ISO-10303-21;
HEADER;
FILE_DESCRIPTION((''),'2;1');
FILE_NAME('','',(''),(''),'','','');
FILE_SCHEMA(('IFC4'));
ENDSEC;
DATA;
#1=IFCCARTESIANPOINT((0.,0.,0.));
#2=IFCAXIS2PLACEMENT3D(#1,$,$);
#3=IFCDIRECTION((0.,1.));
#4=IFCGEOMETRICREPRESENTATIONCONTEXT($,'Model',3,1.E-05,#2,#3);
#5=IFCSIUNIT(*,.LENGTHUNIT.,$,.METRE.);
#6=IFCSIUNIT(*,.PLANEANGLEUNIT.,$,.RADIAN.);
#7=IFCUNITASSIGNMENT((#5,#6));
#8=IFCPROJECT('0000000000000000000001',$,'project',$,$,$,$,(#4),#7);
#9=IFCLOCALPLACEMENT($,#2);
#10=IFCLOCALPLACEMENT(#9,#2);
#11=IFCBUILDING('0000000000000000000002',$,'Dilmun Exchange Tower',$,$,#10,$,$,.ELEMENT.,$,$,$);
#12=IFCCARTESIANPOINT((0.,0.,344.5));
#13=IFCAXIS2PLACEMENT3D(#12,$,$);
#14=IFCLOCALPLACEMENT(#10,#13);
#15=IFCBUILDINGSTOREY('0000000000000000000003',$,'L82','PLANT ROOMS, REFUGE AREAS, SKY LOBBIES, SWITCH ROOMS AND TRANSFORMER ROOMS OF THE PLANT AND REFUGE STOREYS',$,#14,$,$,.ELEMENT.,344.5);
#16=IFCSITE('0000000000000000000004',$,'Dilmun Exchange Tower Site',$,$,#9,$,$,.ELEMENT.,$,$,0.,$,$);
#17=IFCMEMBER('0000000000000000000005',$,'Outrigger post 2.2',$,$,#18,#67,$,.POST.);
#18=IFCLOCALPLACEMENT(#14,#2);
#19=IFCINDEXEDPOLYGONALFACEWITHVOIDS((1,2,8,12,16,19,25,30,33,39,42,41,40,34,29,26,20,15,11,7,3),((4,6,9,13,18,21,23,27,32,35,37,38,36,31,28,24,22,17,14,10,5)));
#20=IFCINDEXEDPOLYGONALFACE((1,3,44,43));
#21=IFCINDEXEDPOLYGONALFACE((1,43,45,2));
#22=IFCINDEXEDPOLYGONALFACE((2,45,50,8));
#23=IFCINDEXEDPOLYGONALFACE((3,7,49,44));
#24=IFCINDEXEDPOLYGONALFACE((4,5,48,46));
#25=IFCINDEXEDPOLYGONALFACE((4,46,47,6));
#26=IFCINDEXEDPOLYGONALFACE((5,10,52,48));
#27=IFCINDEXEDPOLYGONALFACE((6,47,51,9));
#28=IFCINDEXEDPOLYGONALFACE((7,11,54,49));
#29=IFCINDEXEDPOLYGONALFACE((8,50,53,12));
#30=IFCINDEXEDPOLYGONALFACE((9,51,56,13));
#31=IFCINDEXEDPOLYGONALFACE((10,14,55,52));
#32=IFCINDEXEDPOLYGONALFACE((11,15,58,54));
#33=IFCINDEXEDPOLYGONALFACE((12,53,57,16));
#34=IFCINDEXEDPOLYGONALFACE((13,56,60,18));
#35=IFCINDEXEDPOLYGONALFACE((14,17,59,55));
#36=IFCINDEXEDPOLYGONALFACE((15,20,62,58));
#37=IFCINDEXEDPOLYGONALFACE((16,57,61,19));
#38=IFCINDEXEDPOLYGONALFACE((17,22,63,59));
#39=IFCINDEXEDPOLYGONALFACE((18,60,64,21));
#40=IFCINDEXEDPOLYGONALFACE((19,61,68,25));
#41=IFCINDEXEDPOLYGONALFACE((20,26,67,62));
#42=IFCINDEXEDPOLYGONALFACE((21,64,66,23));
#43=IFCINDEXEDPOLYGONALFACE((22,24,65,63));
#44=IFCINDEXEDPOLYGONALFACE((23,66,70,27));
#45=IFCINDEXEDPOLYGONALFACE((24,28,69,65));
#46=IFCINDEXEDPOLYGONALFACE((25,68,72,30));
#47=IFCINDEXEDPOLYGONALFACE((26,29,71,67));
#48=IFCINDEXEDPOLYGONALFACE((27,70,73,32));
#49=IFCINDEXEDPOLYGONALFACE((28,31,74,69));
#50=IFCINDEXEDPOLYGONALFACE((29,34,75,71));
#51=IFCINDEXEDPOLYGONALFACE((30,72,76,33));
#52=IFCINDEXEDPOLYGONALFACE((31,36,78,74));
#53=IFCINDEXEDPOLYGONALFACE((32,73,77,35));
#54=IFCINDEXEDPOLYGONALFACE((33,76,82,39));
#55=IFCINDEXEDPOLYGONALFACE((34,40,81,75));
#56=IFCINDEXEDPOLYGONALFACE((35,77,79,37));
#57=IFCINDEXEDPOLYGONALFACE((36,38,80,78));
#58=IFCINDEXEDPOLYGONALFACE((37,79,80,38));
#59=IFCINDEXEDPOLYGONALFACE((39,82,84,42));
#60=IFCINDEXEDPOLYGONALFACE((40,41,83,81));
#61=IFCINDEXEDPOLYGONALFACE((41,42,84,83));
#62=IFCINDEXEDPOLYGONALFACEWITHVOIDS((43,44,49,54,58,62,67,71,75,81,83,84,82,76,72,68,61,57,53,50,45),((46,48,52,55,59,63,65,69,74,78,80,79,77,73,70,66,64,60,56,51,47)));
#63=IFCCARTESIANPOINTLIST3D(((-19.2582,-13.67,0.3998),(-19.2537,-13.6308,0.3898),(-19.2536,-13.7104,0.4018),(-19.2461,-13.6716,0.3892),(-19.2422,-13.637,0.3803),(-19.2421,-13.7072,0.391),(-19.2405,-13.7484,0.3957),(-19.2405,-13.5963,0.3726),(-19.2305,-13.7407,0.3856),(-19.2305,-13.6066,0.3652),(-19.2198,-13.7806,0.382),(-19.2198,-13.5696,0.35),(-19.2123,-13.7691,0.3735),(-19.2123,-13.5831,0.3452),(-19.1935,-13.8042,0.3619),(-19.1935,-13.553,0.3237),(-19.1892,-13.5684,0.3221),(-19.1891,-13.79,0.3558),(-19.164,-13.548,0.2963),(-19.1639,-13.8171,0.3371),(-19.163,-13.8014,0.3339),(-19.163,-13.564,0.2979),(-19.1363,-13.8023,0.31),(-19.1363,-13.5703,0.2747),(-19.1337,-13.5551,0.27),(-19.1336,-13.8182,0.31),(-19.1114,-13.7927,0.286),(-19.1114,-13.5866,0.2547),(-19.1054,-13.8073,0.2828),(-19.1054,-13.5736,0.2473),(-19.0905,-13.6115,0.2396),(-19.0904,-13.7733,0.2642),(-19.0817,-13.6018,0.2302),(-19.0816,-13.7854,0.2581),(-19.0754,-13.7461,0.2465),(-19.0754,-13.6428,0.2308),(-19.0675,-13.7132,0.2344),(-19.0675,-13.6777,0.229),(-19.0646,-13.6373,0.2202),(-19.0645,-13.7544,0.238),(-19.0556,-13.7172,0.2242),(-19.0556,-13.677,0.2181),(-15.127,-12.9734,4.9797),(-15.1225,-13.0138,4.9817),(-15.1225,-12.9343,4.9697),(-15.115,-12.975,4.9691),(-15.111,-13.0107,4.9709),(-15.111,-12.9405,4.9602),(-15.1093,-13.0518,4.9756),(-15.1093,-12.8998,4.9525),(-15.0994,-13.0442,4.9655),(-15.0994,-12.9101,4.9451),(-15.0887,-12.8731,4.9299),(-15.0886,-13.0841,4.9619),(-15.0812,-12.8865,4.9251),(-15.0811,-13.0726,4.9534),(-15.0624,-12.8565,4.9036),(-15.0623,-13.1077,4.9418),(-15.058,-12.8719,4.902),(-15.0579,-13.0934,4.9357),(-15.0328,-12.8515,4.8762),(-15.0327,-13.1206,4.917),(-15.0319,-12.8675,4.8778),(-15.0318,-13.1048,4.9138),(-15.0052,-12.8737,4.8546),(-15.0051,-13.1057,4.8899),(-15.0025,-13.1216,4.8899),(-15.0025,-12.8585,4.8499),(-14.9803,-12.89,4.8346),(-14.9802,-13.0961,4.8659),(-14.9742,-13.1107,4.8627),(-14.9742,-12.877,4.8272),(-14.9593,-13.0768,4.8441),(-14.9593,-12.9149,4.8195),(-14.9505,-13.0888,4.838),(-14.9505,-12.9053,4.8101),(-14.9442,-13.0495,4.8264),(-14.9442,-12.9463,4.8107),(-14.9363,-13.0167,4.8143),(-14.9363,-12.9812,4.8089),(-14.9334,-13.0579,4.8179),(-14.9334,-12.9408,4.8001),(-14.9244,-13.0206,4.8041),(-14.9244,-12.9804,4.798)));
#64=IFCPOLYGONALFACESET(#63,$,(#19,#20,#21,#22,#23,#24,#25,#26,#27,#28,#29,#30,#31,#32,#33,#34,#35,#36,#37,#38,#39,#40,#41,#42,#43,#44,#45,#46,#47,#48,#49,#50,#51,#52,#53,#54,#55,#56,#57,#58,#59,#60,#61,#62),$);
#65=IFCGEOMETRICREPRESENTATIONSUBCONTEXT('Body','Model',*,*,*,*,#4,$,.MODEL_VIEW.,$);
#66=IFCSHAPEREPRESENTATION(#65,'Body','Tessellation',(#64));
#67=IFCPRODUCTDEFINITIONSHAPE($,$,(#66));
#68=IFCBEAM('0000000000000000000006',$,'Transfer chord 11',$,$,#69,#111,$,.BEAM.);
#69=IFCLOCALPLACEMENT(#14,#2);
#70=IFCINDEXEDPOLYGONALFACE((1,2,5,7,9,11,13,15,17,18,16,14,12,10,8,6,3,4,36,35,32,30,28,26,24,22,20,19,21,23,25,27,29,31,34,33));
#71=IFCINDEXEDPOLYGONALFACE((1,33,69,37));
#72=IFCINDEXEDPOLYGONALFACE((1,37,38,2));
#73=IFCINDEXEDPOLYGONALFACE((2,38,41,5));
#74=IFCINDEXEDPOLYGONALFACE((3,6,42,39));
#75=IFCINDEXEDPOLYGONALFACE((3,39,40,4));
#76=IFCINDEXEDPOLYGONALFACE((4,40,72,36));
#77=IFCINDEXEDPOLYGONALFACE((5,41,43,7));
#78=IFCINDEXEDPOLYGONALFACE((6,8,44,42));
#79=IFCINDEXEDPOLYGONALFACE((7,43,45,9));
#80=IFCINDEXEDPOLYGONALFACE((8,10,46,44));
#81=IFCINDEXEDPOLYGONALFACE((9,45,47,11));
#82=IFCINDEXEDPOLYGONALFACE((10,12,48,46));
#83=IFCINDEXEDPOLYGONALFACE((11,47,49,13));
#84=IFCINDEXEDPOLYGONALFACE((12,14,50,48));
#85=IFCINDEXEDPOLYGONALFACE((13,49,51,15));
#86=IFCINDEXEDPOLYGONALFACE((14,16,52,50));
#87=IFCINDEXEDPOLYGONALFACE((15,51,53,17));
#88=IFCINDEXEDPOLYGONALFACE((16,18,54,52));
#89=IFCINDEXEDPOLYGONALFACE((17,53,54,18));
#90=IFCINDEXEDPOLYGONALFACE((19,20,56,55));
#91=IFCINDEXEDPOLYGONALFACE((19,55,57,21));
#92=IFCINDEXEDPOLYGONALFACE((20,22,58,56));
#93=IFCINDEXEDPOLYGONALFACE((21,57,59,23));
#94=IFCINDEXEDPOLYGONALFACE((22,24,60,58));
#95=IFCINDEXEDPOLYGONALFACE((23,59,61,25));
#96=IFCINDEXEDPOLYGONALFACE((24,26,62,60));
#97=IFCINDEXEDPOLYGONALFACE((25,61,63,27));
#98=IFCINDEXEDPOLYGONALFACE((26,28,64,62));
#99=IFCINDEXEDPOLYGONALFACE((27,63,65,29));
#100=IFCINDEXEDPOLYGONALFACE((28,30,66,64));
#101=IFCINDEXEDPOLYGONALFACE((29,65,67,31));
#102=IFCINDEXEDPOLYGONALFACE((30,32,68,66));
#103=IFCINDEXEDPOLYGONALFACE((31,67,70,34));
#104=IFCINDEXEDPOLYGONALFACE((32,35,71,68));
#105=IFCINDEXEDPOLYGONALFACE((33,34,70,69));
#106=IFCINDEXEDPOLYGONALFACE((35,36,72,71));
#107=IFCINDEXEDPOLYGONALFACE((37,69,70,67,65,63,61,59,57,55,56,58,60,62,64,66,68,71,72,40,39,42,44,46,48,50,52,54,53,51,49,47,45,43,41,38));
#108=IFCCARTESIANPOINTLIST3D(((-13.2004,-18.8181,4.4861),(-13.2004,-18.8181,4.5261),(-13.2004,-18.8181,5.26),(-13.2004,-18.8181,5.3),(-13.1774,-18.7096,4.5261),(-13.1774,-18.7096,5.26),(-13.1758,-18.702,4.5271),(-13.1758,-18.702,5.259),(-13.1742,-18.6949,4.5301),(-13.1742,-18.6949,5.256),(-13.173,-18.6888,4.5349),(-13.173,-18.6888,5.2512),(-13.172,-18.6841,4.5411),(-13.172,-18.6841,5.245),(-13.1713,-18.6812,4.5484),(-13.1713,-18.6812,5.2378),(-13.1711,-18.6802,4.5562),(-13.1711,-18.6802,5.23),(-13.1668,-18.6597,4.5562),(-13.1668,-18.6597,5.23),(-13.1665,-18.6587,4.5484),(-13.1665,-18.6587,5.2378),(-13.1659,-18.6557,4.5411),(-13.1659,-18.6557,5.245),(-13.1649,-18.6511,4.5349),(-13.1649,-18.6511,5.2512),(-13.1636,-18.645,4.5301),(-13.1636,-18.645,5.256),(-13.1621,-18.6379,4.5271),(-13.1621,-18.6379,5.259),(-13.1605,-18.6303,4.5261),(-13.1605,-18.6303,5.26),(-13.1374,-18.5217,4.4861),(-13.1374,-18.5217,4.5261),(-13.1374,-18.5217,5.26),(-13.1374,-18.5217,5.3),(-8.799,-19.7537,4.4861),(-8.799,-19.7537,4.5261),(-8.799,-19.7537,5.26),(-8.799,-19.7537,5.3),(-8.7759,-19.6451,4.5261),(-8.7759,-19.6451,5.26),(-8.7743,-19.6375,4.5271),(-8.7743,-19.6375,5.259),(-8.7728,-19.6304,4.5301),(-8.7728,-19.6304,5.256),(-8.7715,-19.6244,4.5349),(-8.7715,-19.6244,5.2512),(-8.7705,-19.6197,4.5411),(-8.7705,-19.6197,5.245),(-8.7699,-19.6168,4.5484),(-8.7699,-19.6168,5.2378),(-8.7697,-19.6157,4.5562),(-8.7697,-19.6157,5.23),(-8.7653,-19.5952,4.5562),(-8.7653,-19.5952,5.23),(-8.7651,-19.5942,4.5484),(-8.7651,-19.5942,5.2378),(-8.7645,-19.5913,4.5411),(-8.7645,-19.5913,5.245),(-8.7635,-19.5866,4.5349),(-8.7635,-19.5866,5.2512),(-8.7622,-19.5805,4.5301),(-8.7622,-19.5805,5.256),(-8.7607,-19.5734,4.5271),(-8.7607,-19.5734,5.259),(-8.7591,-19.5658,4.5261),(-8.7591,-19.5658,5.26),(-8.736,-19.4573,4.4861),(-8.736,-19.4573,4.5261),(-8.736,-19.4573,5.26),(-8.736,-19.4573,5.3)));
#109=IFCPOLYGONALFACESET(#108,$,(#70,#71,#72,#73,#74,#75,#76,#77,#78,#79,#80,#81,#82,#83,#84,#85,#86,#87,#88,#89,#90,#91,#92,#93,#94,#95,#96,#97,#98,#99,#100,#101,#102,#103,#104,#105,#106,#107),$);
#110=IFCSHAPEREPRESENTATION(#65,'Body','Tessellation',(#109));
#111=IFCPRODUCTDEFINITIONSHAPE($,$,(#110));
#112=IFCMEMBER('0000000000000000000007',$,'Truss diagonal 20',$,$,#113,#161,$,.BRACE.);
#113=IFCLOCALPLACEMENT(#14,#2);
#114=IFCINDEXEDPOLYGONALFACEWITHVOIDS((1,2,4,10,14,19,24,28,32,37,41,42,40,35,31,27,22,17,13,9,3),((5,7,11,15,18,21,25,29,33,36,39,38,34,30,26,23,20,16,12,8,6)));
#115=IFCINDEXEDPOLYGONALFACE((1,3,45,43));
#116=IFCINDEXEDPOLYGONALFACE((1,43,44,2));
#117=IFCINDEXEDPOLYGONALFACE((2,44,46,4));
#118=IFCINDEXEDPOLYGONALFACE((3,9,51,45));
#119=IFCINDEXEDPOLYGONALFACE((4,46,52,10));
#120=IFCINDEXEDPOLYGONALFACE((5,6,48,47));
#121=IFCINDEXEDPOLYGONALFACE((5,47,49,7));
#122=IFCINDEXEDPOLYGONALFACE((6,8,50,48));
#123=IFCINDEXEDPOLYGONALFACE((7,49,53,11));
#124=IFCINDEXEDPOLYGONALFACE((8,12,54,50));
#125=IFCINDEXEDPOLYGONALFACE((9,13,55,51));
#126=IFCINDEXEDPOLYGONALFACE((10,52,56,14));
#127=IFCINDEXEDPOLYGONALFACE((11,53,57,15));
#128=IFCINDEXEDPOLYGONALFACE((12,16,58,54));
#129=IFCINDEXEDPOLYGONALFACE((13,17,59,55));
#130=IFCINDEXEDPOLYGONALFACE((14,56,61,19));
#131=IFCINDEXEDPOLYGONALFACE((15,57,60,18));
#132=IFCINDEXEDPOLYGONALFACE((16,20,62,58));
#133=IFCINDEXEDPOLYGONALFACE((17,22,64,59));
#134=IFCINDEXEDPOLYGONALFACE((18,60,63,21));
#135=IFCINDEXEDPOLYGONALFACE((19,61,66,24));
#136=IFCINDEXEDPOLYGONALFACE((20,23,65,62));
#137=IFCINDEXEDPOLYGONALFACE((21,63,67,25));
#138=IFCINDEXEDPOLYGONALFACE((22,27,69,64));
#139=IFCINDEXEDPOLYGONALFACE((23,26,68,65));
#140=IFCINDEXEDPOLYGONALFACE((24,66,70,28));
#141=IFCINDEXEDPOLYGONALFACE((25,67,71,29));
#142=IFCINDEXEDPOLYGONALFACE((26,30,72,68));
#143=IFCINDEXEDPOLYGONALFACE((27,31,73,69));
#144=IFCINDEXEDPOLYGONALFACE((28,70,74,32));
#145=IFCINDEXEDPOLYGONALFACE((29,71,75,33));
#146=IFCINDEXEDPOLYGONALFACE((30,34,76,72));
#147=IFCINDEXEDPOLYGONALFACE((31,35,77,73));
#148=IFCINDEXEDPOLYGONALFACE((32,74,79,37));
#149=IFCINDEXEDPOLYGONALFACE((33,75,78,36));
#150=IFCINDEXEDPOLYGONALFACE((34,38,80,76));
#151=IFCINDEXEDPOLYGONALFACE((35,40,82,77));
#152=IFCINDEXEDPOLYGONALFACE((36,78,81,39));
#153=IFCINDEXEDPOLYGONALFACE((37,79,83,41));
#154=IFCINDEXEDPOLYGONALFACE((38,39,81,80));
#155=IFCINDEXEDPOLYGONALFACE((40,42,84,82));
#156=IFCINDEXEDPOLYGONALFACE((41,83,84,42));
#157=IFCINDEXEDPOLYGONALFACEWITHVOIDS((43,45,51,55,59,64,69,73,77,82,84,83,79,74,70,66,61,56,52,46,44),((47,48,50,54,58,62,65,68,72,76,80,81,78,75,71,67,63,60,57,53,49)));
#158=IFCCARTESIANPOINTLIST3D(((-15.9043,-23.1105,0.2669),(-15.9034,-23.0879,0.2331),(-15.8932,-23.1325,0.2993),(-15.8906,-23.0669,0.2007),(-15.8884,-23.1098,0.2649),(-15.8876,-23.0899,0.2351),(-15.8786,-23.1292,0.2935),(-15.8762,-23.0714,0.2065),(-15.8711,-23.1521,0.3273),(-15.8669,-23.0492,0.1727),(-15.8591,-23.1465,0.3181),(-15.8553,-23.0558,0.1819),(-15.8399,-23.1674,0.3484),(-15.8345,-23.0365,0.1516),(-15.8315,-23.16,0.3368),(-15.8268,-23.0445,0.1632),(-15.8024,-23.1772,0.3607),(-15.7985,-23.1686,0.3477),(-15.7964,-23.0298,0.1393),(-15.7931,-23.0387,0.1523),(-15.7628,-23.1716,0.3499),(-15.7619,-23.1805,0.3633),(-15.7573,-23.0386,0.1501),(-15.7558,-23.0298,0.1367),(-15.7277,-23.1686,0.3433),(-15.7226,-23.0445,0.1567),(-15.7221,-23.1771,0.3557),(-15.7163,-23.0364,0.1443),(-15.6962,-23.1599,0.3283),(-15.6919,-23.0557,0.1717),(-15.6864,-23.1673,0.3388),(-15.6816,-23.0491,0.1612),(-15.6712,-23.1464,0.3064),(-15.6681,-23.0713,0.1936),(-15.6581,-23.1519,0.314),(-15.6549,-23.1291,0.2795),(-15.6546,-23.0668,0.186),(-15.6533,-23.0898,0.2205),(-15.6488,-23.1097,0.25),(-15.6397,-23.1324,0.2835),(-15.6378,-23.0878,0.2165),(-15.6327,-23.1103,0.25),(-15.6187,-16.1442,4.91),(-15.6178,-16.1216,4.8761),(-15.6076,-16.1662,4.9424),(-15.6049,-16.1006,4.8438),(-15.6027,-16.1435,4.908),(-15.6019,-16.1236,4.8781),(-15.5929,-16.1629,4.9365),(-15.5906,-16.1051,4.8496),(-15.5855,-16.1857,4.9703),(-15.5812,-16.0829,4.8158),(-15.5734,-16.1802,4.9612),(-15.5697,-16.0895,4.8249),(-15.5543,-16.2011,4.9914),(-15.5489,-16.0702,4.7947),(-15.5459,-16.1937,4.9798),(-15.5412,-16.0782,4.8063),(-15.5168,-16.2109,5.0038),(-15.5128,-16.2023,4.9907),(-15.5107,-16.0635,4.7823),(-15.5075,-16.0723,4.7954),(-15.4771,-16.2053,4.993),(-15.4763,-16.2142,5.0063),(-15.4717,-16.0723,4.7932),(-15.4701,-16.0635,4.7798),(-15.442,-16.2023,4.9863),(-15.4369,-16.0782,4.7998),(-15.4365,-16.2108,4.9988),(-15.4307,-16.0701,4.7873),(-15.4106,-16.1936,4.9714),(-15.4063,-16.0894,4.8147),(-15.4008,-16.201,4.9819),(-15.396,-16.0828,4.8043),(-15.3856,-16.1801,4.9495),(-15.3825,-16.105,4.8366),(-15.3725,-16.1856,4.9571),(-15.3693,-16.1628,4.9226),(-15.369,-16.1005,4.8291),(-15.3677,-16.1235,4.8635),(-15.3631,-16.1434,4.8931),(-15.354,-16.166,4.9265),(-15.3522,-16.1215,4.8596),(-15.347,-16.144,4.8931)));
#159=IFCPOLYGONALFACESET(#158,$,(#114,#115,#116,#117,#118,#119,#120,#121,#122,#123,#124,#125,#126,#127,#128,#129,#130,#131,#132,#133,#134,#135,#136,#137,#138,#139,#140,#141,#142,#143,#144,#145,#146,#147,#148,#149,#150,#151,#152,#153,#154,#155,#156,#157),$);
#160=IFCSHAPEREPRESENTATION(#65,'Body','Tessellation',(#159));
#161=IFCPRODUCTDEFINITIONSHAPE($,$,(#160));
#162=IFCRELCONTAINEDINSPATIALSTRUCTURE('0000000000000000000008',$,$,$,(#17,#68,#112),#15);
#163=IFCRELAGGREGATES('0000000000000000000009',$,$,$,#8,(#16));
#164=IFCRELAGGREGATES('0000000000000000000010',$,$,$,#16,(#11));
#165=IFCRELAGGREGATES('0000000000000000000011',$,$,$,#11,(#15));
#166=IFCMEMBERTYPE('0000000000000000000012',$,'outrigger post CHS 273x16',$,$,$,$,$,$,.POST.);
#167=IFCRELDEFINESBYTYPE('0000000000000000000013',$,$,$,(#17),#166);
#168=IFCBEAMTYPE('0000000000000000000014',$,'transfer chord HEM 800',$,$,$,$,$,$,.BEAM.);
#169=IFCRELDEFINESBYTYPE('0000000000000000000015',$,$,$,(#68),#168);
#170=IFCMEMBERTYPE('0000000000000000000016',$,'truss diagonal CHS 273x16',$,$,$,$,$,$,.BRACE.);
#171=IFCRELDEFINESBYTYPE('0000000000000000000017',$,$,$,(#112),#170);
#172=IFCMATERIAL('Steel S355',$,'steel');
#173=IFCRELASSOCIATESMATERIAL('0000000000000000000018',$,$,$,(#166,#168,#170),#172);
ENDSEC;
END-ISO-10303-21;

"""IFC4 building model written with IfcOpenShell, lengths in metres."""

from ifc_helpers import new_model, si_unit, direction, frame, origin, origin_2d, place, context, subcontext, project, spatial, hollow_circle, i_section, extrude, material, material_profile, profile_set, type_object, element, save


model = new_model("IFC4")

# Units and contexts
model_context = context("Model", 3, precision=1e-05, world=origin(), true_north=direction((0.0, 1.0)))
body_context = subcontext(model_context, "Body", "Model", "MODEL_VIEW")
ifc_project = project(units=[si_unit("LENGTHUNIT", "METRE"), si_unit("PLANEANGLEUNIT", "RADIAN")], contexts=[model_context])

# Site, building, storey
site_placement = place(None, origin())
site = spatial("IfcSite", under=ifc_project, at=site_placement, Name="Dilmun Exchange Tower Site", CompositionType="ELEMENT", RefElevation=0.0)
building_placement = place(site_placement, origin())
building = spatial("IfcBuilding", under=site, at=building_placement, Name="Dilmun Exchange Tower", CompositionType="ELEMENT")
storey_placement = place(building_placement, frame((0.0, 0.0, 344.5)))
storey = spatial("IfcBuildingStorey", under=building, at=storey_placement, Name="L82", Description="PLANT ROOMS, REFUGE AREAS, SKY LOBBIES, SWITCH ROOMS AND TRANSFORMER ROOMS OF THE PLANT AND REFUGE STOREYS", CompositionType="ELEMENT", Elevation=344.5)

# Shared definitions
ifc_material_1 = material(Name="Steel S355", Category="steel")

# Member
ifc_material_profile_1 = material_profile(ifc_material_1, hollow_circle(Radius=0.1365, WallThickness=0.0161, at=origin_2d()), Name="CHS 273x16")
ifc_profile_set_1 = profile_set([ifc_material_profile_1], Name="Steel S355")
member_type_1 = type_object("IfcMemberType", Name="outrigger post CHS 273x16", PredefinedType="POST", material=ifc_profile_set_1)
member_1_placement = place(storey_placement, frame((-15.0251, -12.9871, 4.8899), z_axis=(-0.665562, -0.112219, -0.737857), x_axis=(0.16626, -0.986082, 0.0)))
element("IfcMember", 1, at=member_1_placement, inside=storey, type_object=member_type_1, Name="Outrigger post 2.2", PredefinedType="POST", context=body_context, shape_type="SweptSolid", body=[
    extrude(hollow_circle(Radius=0.1365, WallThickness=0.0161, at=origin_2d()), origin(), (0.0, 0.0, 1.0), 6.207),
])

# Beam
ifc_material_profile_2 = material_profile(ifc_material_1, i_section(OverallWidth=0.303, OverallDepth=0.814, WebThickness=0.021, FlangeThickness=0.04, FilletRadius=0.03, at=origin_2d()), Name="HEM 800")
ifc_profile_set_2 = profile_set([ifc_material_profile_2], Name="Steel S355")
beam_type_1 = type_object("IfcBeamType", Name="transfer chord HEM 800", PredefinedType="BEAM", material=ifc_profile_set_2)
beam_1_placement = place(storey_placement, frame((-13.1689, -18.6699, 4.8931), z_axis=(0.978147, -0.207913, 0.0), x_axis=(0.207913, 0.978147, 0.0)))
element("IfcBeam", 2, at=beam_1_placement, inside=storey, type_object=beam_type_1, Name="Transfer chord 11", PredefinedType="BEAM", context=body_context, shape_type="SweptSolid", body=[
    extrude(i_section(OverallWidth=0.303, OverallDepth=0.814, WebThickness=0.021, FlangeThickness=0.04, FilletRadius=0.03, at=origin_2d()), origin(), (0.0, 0.0, 1.0), 4.4998),
])

# Member
ifc_material_profile_3 = material_profile(ifc_material_1, hollow_circle(Radius=0.1365, WallThickness=0.0161, at=origin_2d()), Name="CHS 273x16")
ifc_profile_set_3 = profile_set([ifc_material_profile_3], Name="Steel S355")
member_type_2 = type_object("IfcMemberType", Name="truss diagonal CHS 273x16", PredefinedType="BRACE", material=ifc_profile_set_3)
member_2_placement = place(storey_placement, frame((-15.4834, -16.1384, 4.8931), z_axis=(-0.0341, -0.831629, -0.554283), x_axis=(0.99916, -0.040969, 0.0)))
element("IfcMember", 3, at=member_2_placement, inside=storey, type_object=member_type_2, Name="Truss diagonal 20", PredefinedType="BRACE", context=body_context, shape_type="SweptSolid", body=[
    extrude(hollow_circle(Radius=0.1365, WallThickness=0.0161, at=origin_2d()), origin(), (0.0, 0.0, 1.0), 8.3767),
])

save(model, "model.ifc")
